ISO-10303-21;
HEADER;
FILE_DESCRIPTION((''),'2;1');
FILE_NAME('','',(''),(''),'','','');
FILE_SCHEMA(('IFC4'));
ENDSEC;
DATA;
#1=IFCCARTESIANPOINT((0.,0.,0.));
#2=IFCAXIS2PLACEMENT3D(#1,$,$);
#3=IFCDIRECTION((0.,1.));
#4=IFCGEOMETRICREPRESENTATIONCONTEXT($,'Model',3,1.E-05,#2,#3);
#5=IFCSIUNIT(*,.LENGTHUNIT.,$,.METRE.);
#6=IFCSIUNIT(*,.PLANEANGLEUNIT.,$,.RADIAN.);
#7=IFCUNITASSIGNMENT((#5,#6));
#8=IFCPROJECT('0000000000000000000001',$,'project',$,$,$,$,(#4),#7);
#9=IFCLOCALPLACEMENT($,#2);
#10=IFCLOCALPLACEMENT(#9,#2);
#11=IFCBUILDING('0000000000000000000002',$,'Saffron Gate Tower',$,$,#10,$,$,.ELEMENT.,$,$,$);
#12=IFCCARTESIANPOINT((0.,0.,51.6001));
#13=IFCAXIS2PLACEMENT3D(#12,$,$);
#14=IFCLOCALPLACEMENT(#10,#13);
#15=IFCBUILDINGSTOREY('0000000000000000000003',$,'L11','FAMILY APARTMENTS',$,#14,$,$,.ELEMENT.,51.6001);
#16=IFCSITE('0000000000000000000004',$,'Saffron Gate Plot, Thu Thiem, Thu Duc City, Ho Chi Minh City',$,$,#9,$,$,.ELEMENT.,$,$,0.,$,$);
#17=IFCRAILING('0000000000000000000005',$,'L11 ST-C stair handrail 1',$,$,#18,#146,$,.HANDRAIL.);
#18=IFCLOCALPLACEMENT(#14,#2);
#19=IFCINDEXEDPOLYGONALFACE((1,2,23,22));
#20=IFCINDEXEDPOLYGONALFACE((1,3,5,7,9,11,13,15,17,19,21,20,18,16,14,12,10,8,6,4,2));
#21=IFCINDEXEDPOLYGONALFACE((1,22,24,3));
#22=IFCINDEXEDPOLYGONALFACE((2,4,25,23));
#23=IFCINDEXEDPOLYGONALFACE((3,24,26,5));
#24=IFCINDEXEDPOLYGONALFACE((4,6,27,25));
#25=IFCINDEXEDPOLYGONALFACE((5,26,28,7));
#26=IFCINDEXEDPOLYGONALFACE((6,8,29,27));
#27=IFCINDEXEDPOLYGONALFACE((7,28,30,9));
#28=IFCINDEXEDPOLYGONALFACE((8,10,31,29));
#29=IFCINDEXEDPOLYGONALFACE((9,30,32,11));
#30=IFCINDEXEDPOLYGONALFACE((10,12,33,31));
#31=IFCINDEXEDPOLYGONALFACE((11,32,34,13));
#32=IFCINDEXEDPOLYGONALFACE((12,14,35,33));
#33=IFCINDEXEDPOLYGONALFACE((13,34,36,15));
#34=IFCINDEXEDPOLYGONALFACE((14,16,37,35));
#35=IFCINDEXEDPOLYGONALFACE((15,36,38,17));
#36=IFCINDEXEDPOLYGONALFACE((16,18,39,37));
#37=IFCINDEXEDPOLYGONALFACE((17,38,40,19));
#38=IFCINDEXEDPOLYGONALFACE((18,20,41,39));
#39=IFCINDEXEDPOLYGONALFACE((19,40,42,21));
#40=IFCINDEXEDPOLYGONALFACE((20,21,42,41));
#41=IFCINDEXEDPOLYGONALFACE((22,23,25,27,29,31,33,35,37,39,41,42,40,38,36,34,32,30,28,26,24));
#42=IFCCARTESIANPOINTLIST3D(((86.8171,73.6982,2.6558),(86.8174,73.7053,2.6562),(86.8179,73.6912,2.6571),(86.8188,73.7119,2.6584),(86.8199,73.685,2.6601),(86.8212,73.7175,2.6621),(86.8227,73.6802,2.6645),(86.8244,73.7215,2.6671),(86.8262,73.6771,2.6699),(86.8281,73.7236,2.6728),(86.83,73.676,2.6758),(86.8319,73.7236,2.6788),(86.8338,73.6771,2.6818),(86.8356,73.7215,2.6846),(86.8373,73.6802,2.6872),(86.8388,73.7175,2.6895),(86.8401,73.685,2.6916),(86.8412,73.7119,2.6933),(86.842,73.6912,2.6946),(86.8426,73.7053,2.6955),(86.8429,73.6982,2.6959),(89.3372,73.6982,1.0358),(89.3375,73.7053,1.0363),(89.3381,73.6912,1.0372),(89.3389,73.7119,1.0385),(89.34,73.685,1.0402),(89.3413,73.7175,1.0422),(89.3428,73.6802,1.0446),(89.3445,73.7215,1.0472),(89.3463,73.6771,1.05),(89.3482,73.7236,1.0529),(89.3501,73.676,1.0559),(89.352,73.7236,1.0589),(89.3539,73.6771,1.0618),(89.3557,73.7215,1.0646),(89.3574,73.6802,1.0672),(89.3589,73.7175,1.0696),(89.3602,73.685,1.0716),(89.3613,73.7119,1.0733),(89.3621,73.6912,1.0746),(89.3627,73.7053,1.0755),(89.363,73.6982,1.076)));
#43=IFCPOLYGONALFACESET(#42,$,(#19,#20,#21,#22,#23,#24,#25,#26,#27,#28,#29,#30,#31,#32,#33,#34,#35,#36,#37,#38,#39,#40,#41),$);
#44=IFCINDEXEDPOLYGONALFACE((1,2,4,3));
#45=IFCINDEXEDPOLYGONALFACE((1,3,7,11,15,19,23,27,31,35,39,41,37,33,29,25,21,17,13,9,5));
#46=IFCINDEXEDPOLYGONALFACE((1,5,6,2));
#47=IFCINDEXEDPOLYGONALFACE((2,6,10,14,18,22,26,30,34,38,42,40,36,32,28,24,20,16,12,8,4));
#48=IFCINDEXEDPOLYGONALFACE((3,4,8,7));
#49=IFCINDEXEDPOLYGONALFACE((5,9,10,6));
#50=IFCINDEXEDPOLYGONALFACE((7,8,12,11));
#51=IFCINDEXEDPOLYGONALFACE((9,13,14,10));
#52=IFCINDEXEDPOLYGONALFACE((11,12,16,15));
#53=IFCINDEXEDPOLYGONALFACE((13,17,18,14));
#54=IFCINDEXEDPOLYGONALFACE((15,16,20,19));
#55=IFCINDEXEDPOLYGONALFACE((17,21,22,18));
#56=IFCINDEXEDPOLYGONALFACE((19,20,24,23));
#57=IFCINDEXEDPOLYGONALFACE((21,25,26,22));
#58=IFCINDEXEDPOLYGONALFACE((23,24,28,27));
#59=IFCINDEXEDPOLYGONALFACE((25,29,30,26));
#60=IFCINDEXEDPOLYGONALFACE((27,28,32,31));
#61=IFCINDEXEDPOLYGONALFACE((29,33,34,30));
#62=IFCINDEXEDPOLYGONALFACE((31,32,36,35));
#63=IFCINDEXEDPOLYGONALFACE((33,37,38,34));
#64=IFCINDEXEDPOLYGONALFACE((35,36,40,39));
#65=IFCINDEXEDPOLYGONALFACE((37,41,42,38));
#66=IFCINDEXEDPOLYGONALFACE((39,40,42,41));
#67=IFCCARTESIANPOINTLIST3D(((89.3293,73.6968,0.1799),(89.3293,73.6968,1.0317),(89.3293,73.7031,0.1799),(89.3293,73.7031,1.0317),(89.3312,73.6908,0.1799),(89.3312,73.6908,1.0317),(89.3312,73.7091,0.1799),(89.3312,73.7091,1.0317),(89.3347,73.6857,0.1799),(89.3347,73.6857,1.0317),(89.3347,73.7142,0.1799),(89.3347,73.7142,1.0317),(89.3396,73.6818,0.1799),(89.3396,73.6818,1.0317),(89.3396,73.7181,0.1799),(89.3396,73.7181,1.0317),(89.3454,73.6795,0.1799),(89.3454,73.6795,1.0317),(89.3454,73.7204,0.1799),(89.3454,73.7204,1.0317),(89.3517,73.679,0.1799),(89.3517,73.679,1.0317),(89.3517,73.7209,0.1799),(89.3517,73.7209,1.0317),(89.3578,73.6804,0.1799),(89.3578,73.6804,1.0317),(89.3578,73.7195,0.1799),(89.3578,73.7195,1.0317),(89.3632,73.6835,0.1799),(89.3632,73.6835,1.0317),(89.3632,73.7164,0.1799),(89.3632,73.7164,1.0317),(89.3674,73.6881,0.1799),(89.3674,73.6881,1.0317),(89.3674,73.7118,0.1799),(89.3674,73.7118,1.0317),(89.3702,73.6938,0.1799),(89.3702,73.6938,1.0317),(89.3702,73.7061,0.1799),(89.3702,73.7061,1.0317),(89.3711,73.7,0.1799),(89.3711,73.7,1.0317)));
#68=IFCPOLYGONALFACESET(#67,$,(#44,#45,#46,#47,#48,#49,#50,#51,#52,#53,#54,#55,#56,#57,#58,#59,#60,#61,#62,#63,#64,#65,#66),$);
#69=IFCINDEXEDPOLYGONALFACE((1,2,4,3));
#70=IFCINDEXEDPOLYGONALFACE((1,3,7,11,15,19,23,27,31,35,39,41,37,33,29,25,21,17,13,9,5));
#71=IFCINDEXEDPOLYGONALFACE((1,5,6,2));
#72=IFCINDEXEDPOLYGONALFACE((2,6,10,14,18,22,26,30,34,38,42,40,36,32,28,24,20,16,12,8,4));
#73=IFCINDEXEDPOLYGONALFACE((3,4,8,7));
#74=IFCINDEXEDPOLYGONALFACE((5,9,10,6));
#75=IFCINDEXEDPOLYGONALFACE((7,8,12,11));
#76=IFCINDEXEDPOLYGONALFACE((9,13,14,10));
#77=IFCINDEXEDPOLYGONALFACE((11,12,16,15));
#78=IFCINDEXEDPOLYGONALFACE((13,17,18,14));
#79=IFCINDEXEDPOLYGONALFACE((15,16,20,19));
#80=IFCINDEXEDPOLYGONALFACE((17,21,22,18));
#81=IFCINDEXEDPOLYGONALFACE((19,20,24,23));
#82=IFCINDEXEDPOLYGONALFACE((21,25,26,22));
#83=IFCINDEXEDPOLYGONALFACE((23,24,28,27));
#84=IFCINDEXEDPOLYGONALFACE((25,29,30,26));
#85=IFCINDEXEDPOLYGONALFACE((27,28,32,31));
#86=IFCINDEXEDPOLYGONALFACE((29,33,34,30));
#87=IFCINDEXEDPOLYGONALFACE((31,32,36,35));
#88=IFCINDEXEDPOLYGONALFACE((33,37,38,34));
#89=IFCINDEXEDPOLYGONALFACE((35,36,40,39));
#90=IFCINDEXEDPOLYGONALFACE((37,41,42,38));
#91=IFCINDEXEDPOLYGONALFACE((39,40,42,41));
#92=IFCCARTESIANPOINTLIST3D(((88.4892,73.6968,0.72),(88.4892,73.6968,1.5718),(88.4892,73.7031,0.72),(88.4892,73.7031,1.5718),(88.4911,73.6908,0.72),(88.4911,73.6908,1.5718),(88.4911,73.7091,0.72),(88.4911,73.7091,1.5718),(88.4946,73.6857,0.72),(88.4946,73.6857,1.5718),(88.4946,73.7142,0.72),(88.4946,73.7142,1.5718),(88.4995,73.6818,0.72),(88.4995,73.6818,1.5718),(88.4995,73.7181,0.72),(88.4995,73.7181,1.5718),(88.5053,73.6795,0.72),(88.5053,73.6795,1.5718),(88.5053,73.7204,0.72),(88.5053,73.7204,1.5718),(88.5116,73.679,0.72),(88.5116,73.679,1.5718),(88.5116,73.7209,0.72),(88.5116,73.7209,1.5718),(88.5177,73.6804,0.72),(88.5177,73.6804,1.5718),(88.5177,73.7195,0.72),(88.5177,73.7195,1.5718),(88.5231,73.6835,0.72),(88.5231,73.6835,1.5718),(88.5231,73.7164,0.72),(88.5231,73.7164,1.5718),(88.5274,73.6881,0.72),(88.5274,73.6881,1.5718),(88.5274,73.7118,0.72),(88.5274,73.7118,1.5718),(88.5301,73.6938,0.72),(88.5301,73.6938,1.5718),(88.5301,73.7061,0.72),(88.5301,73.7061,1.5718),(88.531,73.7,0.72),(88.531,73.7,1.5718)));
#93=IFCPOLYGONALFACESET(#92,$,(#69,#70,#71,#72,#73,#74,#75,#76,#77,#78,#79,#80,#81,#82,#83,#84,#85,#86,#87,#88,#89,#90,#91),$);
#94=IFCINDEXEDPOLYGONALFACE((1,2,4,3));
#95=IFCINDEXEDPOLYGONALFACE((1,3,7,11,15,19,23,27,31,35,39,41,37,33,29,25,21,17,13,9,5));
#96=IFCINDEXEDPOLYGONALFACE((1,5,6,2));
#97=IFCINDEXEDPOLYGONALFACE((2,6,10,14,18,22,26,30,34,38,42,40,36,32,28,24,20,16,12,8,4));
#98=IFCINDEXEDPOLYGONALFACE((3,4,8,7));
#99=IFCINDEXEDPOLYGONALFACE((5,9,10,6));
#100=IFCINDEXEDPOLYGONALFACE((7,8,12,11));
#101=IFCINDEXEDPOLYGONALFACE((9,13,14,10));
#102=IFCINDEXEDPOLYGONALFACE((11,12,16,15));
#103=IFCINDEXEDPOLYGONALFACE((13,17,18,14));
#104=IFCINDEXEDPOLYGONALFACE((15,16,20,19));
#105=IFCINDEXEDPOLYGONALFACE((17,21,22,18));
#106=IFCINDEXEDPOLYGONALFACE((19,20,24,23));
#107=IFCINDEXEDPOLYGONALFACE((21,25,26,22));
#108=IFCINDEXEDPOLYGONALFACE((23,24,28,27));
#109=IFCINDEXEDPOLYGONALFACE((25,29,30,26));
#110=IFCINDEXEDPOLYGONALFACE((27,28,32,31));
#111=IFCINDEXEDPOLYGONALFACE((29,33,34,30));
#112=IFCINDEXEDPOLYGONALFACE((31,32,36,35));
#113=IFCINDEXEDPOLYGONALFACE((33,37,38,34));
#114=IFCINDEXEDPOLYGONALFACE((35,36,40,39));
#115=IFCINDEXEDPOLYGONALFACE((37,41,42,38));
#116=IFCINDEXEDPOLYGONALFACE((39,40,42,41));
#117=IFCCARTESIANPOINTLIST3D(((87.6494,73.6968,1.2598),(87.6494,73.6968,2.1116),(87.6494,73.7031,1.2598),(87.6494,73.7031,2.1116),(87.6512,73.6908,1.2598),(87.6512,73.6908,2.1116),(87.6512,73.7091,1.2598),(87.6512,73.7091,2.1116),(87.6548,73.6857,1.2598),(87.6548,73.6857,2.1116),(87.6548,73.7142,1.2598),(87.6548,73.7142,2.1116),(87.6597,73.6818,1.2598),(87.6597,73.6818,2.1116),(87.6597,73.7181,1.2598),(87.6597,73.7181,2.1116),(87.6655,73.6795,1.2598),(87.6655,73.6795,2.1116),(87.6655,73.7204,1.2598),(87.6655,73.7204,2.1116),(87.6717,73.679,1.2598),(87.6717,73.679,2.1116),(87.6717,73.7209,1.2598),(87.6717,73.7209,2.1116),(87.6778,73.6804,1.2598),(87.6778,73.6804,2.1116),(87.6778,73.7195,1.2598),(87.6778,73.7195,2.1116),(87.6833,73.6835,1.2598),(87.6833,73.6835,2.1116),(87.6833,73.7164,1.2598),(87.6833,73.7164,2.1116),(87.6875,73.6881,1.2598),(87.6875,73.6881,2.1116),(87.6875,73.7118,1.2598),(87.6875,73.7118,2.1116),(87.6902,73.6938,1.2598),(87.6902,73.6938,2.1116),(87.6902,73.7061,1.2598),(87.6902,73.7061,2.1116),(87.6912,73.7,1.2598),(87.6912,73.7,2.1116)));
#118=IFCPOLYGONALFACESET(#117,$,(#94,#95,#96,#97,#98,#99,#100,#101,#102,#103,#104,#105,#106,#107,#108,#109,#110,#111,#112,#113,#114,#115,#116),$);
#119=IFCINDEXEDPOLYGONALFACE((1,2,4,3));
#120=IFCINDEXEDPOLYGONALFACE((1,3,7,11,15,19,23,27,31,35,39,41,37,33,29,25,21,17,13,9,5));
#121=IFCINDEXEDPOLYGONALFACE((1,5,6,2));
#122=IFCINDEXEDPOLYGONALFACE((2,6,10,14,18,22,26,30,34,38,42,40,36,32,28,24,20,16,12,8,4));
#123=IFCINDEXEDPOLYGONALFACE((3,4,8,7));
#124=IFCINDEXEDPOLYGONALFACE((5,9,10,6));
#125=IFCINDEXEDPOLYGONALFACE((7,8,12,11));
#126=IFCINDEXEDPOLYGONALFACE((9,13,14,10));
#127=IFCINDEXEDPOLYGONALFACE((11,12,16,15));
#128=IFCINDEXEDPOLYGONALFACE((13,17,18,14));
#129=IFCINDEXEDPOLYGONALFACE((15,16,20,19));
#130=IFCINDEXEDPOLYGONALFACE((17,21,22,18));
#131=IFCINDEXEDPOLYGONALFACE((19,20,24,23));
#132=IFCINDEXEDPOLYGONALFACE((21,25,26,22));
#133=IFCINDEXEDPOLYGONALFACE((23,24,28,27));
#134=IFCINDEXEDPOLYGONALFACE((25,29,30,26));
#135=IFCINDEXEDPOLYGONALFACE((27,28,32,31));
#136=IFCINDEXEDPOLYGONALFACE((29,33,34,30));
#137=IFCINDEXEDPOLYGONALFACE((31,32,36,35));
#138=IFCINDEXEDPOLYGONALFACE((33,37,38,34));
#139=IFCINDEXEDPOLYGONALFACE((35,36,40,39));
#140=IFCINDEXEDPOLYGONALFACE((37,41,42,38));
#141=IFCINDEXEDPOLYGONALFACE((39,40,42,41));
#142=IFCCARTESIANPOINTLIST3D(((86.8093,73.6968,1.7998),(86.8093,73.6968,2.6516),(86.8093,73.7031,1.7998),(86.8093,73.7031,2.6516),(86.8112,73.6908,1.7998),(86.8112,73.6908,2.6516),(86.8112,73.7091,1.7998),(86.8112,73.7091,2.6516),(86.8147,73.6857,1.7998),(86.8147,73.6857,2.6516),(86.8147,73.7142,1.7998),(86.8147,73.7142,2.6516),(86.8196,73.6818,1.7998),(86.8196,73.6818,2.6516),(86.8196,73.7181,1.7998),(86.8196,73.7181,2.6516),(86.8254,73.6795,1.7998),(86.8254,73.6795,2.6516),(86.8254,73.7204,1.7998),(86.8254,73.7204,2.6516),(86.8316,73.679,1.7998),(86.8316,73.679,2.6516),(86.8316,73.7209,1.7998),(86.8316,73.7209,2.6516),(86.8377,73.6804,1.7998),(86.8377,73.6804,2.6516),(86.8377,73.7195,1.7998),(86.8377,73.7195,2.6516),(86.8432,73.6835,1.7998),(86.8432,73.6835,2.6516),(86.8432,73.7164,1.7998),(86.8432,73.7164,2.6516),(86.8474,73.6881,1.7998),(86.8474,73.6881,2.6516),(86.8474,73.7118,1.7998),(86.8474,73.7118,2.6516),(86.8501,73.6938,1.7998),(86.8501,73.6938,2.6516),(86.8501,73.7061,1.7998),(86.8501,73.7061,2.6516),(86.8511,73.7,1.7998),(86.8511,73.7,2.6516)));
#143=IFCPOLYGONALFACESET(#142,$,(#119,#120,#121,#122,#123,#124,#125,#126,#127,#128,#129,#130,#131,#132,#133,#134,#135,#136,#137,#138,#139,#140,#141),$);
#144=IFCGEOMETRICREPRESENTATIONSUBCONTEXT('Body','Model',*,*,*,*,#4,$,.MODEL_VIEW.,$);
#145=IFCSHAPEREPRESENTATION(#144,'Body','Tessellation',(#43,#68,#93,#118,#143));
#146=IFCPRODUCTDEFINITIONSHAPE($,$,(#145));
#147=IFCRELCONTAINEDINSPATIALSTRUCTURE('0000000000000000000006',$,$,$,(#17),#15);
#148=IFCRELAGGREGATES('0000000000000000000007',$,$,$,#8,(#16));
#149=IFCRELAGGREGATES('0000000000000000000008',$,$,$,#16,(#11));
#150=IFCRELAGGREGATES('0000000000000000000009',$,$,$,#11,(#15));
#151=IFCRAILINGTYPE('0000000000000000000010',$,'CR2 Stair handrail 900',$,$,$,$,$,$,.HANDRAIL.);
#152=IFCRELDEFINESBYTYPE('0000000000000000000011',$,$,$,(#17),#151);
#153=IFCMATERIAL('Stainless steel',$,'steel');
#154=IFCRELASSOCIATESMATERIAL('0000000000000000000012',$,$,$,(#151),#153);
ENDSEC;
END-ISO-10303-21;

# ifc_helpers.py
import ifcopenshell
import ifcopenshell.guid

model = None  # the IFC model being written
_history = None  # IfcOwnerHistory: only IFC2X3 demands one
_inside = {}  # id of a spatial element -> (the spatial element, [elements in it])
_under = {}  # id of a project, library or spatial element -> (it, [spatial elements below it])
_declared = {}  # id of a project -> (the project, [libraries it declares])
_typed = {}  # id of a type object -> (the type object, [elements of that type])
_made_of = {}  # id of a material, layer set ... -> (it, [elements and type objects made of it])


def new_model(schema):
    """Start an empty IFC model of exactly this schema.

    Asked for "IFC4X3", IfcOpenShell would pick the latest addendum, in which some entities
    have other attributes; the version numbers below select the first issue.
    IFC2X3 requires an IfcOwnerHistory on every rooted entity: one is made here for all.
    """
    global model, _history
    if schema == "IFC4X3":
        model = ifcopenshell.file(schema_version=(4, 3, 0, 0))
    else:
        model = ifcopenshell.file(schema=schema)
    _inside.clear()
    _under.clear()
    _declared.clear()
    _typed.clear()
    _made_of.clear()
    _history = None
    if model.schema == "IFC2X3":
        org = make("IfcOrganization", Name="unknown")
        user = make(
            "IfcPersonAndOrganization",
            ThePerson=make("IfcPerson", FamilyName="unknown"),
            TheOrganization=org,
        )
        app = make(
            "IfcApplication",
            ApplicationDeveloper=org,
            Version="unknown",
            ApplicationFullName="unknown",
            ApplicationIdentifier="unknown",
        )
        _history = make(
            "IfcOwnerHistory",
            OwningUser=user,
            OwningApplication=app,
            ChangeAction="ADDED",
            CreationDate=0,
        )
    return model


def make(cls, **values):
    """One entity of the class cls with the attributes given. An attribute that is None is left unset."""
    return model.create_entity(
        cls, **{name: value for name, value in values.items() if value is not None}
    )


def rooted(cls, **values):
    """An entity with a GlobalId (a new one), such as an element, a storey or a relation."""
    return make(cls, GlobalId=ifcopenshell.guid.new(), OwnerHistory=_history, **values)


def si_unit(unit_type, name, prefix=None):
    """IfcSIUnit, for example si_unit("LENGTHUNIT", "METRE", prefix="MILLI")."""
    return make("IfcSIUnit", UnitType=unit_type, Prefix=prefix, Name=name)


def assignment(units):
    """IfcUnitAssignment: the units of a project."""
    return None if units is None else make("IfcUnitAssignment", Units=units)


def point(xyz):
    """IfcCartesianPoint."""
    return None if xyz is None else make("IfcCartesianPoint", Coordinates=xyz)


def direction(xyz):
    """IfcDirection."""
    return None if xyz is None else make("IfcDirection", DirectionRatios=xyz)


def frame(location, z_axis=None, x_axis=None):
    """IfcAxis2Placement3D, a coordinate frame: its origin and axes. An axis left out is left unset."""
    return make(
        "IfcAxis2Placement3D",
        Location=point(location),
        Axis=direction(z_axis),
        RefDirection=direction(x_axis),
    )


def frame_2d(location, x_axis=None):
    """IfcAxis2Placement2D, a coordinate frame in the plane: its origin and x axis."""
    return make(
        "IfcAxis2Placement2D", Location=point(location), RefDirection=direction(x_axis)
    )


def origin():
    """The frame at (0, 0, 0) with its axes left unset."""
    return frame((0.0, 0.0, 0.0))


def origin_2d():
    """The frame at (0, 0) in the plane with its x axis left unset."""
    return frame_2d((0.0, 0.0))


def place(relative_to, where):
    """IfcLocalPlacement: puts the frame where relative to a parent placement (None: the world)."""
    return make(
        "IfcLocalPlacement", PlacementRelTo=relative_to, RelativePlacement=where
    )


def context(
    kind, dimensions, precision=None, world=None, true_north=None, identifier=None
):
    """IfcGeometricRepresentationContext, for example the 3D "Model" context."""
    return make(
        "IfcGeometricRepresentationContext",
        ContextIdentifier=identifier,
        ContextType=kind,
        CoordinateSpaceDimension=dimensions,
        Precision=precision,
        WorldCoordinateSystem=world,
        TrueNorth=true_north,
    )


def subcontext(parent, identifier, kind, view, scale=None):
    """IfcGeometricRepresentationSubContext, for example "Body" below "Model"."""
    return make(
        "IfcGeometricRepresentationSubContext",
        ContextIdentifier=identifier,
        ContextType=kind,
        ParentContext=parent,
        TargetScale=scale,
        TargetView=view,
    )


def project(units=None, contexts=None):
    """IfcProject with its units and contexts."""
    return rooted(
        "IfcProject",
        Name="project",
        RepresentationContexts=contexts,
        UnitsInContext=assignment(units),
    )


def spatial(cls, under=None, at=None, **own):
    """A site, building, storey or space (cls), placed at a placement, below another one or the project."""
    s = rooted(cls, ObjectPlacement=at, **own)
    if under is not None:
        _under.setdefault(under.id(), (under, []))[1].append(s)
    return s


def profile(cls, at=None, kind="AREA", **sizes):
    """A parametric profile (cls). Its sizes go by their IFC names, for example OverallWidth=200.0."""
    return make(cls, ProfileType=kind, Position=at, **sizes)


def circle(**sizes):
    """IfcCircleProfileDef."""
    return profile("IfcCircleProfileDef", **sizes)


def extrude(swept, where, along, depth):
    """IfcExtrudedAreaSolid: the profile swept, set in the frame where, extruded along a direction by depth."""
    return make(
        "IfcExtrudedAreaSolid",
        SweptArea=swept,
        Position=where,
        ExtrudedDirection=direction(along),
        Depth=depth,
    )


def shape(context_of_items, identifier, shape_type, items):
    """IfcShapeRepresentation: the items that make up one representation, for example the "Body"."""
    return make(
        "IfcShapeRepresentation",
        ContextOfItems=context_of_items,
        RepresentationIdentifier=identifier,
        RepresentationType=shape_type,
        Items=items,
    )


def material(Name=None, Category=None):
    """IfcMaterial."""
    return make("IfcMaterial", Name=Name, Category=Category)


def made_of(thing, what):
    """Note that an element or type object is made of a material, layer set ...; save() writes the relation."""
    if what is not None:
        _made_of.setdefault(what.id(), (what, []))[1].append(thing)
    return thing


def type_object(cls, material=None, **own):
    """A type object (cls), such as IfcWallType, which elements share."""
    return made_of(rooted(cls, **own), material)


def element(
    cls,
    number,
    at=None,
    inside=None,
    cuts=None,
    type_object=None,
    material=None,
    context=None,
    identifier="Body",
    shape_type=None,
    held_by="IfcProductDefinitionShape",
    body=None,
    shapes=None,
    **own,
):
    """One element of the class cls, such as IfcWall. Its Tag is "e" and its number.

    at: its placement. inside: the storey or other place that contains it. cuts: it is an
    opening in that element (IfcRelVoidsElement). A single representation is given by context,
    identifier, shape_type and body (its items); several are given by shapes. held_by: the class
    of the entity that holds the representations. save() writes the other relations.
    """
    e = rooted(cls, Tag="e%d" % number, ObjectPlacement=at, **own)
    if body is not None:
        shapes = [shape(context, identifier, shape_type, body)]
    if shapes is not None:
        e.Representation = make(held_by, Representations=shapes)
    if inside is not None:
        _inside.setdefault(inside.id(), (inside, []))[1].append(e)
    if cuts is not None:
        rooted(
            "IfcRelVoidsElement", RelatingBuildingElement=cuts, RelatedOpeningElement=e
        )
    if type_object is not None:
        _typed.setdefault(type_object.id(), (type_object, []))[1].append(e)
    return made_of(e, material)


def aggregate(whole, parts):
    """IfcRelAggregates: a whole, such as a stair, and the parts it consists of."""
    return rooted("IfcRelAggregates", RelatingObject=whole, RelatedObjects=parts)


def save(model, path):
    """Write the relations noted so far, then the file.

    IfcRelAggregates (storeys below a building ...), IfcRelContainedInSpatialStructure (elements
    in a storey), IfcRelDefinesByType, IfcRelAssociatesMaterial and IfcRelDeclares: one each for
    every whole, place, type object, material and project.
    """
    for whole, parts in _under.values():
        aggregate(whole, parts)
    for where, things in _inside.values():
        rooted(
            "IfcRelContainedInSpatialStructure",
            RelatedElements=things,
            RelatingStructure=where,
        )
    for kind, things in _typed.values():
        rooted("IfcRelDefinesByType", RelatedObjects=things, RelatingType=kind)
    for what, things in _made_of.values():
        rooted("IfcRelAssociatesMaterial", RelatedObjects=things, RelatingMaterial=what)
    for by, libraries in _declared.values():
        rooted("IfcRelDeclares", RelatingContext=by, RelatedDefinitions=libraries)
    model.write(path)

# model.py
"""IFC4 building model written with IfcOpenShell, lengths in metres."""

from ifc_helpers import new_model, si_unit, direction, frame, origin, origin_2d, place, context, subcontext, project, spatial, circle, extrude, material, type_object, element, save


model = new_model("IFC4")

# Units and contexts
model_context = context("Model", 3, precision=1e-05, world=origin(), true_north=direction((0.0, 1.0)))
body_context = subcontext(model_context, "Body", "Model", "MODEL_VIEW")
ifc_project = project(units=[si_unit("LENGTHUNIT", "METRE"), si_unit("PLANEANGLEUNIT", "RADIAN")], contexts=[model_context])

# Site, building, storey
site_placement = place(None, origin())
site = spatial("IfcSite", under=ifc_project, at=site_placement, Name="Saffron Gate Plot, Thu Thiem, Thu Duc City, Ho Chi Minh City", CompositionType="ELEMENT", RefElevation=0.0)
building_placement = place(site_placement, origin())
building = spatial("IfcBuilding", under=site, at=building_placement, Name="Saffron Gate Tower", CompositionType="ELEMENT")
storey_placement = place(building_placement, frame((0.0, 0.0, 51.6001)))
storey = spatial("IfcBuildingStorey", under=building, at=storey_placement, Name="L11", Description="FAMILY APARTMENTS", CompositionType="ELEMENT", Elevation=51.6001)

# Railing
ifc_material_1 = material(Name="Stainless steel", Category="steel")
railing_type_1 = type_object("IfcRailingType", Name="CR2 Stair handrail 900", PredefinedType="HANDRAIL", material=ifc_material_1)
railing_1_placement = place(storey_placement, frame((89.3501, 73.7, 0.1799)))
element("IfcRailing", 1, at=railing_1_placement, inside=storey, type_object=railing_type_1, Name="L11 ST-C stair handrail 1", PredefinedType="HANDRAIL", context=body_context, shape_type="SweptSolid", body=[
    extrude(circle(Radius=0.0239, at=origin_2d()), frame((0.0, 0.0, 0.876), z_axis=(-0.8412, 0.0, 0.540725), x_axis=(0.0, -1.0, 0.0)), (0.0, 0.0, 1.0), 2.9958),
    extrude(circle(Radius=0.021, at=origin_2d()), origin(), (0.0, 0.0, 1.0), 0.8518),
    extrude(circle(Radius=0.021, at=origin_2d()), frame((-0.8401, 0.0, 0.54)), (0.0, 0.0, 1.0), 0.8518),
    extrude(circle(Radius=0.021, at=origin_2d()), frame((-1.6799, 0.0, 1.0798)), (0.0, 0.0, 1.0), 0.8518),
    extrude(circle(Radius=0.021, at=origin_2d()), frame((-2.52, 0.0, 1.6199)), (0.0, 0.0, 1.0), 0.8518),
])

save(model, "model.ifc")
